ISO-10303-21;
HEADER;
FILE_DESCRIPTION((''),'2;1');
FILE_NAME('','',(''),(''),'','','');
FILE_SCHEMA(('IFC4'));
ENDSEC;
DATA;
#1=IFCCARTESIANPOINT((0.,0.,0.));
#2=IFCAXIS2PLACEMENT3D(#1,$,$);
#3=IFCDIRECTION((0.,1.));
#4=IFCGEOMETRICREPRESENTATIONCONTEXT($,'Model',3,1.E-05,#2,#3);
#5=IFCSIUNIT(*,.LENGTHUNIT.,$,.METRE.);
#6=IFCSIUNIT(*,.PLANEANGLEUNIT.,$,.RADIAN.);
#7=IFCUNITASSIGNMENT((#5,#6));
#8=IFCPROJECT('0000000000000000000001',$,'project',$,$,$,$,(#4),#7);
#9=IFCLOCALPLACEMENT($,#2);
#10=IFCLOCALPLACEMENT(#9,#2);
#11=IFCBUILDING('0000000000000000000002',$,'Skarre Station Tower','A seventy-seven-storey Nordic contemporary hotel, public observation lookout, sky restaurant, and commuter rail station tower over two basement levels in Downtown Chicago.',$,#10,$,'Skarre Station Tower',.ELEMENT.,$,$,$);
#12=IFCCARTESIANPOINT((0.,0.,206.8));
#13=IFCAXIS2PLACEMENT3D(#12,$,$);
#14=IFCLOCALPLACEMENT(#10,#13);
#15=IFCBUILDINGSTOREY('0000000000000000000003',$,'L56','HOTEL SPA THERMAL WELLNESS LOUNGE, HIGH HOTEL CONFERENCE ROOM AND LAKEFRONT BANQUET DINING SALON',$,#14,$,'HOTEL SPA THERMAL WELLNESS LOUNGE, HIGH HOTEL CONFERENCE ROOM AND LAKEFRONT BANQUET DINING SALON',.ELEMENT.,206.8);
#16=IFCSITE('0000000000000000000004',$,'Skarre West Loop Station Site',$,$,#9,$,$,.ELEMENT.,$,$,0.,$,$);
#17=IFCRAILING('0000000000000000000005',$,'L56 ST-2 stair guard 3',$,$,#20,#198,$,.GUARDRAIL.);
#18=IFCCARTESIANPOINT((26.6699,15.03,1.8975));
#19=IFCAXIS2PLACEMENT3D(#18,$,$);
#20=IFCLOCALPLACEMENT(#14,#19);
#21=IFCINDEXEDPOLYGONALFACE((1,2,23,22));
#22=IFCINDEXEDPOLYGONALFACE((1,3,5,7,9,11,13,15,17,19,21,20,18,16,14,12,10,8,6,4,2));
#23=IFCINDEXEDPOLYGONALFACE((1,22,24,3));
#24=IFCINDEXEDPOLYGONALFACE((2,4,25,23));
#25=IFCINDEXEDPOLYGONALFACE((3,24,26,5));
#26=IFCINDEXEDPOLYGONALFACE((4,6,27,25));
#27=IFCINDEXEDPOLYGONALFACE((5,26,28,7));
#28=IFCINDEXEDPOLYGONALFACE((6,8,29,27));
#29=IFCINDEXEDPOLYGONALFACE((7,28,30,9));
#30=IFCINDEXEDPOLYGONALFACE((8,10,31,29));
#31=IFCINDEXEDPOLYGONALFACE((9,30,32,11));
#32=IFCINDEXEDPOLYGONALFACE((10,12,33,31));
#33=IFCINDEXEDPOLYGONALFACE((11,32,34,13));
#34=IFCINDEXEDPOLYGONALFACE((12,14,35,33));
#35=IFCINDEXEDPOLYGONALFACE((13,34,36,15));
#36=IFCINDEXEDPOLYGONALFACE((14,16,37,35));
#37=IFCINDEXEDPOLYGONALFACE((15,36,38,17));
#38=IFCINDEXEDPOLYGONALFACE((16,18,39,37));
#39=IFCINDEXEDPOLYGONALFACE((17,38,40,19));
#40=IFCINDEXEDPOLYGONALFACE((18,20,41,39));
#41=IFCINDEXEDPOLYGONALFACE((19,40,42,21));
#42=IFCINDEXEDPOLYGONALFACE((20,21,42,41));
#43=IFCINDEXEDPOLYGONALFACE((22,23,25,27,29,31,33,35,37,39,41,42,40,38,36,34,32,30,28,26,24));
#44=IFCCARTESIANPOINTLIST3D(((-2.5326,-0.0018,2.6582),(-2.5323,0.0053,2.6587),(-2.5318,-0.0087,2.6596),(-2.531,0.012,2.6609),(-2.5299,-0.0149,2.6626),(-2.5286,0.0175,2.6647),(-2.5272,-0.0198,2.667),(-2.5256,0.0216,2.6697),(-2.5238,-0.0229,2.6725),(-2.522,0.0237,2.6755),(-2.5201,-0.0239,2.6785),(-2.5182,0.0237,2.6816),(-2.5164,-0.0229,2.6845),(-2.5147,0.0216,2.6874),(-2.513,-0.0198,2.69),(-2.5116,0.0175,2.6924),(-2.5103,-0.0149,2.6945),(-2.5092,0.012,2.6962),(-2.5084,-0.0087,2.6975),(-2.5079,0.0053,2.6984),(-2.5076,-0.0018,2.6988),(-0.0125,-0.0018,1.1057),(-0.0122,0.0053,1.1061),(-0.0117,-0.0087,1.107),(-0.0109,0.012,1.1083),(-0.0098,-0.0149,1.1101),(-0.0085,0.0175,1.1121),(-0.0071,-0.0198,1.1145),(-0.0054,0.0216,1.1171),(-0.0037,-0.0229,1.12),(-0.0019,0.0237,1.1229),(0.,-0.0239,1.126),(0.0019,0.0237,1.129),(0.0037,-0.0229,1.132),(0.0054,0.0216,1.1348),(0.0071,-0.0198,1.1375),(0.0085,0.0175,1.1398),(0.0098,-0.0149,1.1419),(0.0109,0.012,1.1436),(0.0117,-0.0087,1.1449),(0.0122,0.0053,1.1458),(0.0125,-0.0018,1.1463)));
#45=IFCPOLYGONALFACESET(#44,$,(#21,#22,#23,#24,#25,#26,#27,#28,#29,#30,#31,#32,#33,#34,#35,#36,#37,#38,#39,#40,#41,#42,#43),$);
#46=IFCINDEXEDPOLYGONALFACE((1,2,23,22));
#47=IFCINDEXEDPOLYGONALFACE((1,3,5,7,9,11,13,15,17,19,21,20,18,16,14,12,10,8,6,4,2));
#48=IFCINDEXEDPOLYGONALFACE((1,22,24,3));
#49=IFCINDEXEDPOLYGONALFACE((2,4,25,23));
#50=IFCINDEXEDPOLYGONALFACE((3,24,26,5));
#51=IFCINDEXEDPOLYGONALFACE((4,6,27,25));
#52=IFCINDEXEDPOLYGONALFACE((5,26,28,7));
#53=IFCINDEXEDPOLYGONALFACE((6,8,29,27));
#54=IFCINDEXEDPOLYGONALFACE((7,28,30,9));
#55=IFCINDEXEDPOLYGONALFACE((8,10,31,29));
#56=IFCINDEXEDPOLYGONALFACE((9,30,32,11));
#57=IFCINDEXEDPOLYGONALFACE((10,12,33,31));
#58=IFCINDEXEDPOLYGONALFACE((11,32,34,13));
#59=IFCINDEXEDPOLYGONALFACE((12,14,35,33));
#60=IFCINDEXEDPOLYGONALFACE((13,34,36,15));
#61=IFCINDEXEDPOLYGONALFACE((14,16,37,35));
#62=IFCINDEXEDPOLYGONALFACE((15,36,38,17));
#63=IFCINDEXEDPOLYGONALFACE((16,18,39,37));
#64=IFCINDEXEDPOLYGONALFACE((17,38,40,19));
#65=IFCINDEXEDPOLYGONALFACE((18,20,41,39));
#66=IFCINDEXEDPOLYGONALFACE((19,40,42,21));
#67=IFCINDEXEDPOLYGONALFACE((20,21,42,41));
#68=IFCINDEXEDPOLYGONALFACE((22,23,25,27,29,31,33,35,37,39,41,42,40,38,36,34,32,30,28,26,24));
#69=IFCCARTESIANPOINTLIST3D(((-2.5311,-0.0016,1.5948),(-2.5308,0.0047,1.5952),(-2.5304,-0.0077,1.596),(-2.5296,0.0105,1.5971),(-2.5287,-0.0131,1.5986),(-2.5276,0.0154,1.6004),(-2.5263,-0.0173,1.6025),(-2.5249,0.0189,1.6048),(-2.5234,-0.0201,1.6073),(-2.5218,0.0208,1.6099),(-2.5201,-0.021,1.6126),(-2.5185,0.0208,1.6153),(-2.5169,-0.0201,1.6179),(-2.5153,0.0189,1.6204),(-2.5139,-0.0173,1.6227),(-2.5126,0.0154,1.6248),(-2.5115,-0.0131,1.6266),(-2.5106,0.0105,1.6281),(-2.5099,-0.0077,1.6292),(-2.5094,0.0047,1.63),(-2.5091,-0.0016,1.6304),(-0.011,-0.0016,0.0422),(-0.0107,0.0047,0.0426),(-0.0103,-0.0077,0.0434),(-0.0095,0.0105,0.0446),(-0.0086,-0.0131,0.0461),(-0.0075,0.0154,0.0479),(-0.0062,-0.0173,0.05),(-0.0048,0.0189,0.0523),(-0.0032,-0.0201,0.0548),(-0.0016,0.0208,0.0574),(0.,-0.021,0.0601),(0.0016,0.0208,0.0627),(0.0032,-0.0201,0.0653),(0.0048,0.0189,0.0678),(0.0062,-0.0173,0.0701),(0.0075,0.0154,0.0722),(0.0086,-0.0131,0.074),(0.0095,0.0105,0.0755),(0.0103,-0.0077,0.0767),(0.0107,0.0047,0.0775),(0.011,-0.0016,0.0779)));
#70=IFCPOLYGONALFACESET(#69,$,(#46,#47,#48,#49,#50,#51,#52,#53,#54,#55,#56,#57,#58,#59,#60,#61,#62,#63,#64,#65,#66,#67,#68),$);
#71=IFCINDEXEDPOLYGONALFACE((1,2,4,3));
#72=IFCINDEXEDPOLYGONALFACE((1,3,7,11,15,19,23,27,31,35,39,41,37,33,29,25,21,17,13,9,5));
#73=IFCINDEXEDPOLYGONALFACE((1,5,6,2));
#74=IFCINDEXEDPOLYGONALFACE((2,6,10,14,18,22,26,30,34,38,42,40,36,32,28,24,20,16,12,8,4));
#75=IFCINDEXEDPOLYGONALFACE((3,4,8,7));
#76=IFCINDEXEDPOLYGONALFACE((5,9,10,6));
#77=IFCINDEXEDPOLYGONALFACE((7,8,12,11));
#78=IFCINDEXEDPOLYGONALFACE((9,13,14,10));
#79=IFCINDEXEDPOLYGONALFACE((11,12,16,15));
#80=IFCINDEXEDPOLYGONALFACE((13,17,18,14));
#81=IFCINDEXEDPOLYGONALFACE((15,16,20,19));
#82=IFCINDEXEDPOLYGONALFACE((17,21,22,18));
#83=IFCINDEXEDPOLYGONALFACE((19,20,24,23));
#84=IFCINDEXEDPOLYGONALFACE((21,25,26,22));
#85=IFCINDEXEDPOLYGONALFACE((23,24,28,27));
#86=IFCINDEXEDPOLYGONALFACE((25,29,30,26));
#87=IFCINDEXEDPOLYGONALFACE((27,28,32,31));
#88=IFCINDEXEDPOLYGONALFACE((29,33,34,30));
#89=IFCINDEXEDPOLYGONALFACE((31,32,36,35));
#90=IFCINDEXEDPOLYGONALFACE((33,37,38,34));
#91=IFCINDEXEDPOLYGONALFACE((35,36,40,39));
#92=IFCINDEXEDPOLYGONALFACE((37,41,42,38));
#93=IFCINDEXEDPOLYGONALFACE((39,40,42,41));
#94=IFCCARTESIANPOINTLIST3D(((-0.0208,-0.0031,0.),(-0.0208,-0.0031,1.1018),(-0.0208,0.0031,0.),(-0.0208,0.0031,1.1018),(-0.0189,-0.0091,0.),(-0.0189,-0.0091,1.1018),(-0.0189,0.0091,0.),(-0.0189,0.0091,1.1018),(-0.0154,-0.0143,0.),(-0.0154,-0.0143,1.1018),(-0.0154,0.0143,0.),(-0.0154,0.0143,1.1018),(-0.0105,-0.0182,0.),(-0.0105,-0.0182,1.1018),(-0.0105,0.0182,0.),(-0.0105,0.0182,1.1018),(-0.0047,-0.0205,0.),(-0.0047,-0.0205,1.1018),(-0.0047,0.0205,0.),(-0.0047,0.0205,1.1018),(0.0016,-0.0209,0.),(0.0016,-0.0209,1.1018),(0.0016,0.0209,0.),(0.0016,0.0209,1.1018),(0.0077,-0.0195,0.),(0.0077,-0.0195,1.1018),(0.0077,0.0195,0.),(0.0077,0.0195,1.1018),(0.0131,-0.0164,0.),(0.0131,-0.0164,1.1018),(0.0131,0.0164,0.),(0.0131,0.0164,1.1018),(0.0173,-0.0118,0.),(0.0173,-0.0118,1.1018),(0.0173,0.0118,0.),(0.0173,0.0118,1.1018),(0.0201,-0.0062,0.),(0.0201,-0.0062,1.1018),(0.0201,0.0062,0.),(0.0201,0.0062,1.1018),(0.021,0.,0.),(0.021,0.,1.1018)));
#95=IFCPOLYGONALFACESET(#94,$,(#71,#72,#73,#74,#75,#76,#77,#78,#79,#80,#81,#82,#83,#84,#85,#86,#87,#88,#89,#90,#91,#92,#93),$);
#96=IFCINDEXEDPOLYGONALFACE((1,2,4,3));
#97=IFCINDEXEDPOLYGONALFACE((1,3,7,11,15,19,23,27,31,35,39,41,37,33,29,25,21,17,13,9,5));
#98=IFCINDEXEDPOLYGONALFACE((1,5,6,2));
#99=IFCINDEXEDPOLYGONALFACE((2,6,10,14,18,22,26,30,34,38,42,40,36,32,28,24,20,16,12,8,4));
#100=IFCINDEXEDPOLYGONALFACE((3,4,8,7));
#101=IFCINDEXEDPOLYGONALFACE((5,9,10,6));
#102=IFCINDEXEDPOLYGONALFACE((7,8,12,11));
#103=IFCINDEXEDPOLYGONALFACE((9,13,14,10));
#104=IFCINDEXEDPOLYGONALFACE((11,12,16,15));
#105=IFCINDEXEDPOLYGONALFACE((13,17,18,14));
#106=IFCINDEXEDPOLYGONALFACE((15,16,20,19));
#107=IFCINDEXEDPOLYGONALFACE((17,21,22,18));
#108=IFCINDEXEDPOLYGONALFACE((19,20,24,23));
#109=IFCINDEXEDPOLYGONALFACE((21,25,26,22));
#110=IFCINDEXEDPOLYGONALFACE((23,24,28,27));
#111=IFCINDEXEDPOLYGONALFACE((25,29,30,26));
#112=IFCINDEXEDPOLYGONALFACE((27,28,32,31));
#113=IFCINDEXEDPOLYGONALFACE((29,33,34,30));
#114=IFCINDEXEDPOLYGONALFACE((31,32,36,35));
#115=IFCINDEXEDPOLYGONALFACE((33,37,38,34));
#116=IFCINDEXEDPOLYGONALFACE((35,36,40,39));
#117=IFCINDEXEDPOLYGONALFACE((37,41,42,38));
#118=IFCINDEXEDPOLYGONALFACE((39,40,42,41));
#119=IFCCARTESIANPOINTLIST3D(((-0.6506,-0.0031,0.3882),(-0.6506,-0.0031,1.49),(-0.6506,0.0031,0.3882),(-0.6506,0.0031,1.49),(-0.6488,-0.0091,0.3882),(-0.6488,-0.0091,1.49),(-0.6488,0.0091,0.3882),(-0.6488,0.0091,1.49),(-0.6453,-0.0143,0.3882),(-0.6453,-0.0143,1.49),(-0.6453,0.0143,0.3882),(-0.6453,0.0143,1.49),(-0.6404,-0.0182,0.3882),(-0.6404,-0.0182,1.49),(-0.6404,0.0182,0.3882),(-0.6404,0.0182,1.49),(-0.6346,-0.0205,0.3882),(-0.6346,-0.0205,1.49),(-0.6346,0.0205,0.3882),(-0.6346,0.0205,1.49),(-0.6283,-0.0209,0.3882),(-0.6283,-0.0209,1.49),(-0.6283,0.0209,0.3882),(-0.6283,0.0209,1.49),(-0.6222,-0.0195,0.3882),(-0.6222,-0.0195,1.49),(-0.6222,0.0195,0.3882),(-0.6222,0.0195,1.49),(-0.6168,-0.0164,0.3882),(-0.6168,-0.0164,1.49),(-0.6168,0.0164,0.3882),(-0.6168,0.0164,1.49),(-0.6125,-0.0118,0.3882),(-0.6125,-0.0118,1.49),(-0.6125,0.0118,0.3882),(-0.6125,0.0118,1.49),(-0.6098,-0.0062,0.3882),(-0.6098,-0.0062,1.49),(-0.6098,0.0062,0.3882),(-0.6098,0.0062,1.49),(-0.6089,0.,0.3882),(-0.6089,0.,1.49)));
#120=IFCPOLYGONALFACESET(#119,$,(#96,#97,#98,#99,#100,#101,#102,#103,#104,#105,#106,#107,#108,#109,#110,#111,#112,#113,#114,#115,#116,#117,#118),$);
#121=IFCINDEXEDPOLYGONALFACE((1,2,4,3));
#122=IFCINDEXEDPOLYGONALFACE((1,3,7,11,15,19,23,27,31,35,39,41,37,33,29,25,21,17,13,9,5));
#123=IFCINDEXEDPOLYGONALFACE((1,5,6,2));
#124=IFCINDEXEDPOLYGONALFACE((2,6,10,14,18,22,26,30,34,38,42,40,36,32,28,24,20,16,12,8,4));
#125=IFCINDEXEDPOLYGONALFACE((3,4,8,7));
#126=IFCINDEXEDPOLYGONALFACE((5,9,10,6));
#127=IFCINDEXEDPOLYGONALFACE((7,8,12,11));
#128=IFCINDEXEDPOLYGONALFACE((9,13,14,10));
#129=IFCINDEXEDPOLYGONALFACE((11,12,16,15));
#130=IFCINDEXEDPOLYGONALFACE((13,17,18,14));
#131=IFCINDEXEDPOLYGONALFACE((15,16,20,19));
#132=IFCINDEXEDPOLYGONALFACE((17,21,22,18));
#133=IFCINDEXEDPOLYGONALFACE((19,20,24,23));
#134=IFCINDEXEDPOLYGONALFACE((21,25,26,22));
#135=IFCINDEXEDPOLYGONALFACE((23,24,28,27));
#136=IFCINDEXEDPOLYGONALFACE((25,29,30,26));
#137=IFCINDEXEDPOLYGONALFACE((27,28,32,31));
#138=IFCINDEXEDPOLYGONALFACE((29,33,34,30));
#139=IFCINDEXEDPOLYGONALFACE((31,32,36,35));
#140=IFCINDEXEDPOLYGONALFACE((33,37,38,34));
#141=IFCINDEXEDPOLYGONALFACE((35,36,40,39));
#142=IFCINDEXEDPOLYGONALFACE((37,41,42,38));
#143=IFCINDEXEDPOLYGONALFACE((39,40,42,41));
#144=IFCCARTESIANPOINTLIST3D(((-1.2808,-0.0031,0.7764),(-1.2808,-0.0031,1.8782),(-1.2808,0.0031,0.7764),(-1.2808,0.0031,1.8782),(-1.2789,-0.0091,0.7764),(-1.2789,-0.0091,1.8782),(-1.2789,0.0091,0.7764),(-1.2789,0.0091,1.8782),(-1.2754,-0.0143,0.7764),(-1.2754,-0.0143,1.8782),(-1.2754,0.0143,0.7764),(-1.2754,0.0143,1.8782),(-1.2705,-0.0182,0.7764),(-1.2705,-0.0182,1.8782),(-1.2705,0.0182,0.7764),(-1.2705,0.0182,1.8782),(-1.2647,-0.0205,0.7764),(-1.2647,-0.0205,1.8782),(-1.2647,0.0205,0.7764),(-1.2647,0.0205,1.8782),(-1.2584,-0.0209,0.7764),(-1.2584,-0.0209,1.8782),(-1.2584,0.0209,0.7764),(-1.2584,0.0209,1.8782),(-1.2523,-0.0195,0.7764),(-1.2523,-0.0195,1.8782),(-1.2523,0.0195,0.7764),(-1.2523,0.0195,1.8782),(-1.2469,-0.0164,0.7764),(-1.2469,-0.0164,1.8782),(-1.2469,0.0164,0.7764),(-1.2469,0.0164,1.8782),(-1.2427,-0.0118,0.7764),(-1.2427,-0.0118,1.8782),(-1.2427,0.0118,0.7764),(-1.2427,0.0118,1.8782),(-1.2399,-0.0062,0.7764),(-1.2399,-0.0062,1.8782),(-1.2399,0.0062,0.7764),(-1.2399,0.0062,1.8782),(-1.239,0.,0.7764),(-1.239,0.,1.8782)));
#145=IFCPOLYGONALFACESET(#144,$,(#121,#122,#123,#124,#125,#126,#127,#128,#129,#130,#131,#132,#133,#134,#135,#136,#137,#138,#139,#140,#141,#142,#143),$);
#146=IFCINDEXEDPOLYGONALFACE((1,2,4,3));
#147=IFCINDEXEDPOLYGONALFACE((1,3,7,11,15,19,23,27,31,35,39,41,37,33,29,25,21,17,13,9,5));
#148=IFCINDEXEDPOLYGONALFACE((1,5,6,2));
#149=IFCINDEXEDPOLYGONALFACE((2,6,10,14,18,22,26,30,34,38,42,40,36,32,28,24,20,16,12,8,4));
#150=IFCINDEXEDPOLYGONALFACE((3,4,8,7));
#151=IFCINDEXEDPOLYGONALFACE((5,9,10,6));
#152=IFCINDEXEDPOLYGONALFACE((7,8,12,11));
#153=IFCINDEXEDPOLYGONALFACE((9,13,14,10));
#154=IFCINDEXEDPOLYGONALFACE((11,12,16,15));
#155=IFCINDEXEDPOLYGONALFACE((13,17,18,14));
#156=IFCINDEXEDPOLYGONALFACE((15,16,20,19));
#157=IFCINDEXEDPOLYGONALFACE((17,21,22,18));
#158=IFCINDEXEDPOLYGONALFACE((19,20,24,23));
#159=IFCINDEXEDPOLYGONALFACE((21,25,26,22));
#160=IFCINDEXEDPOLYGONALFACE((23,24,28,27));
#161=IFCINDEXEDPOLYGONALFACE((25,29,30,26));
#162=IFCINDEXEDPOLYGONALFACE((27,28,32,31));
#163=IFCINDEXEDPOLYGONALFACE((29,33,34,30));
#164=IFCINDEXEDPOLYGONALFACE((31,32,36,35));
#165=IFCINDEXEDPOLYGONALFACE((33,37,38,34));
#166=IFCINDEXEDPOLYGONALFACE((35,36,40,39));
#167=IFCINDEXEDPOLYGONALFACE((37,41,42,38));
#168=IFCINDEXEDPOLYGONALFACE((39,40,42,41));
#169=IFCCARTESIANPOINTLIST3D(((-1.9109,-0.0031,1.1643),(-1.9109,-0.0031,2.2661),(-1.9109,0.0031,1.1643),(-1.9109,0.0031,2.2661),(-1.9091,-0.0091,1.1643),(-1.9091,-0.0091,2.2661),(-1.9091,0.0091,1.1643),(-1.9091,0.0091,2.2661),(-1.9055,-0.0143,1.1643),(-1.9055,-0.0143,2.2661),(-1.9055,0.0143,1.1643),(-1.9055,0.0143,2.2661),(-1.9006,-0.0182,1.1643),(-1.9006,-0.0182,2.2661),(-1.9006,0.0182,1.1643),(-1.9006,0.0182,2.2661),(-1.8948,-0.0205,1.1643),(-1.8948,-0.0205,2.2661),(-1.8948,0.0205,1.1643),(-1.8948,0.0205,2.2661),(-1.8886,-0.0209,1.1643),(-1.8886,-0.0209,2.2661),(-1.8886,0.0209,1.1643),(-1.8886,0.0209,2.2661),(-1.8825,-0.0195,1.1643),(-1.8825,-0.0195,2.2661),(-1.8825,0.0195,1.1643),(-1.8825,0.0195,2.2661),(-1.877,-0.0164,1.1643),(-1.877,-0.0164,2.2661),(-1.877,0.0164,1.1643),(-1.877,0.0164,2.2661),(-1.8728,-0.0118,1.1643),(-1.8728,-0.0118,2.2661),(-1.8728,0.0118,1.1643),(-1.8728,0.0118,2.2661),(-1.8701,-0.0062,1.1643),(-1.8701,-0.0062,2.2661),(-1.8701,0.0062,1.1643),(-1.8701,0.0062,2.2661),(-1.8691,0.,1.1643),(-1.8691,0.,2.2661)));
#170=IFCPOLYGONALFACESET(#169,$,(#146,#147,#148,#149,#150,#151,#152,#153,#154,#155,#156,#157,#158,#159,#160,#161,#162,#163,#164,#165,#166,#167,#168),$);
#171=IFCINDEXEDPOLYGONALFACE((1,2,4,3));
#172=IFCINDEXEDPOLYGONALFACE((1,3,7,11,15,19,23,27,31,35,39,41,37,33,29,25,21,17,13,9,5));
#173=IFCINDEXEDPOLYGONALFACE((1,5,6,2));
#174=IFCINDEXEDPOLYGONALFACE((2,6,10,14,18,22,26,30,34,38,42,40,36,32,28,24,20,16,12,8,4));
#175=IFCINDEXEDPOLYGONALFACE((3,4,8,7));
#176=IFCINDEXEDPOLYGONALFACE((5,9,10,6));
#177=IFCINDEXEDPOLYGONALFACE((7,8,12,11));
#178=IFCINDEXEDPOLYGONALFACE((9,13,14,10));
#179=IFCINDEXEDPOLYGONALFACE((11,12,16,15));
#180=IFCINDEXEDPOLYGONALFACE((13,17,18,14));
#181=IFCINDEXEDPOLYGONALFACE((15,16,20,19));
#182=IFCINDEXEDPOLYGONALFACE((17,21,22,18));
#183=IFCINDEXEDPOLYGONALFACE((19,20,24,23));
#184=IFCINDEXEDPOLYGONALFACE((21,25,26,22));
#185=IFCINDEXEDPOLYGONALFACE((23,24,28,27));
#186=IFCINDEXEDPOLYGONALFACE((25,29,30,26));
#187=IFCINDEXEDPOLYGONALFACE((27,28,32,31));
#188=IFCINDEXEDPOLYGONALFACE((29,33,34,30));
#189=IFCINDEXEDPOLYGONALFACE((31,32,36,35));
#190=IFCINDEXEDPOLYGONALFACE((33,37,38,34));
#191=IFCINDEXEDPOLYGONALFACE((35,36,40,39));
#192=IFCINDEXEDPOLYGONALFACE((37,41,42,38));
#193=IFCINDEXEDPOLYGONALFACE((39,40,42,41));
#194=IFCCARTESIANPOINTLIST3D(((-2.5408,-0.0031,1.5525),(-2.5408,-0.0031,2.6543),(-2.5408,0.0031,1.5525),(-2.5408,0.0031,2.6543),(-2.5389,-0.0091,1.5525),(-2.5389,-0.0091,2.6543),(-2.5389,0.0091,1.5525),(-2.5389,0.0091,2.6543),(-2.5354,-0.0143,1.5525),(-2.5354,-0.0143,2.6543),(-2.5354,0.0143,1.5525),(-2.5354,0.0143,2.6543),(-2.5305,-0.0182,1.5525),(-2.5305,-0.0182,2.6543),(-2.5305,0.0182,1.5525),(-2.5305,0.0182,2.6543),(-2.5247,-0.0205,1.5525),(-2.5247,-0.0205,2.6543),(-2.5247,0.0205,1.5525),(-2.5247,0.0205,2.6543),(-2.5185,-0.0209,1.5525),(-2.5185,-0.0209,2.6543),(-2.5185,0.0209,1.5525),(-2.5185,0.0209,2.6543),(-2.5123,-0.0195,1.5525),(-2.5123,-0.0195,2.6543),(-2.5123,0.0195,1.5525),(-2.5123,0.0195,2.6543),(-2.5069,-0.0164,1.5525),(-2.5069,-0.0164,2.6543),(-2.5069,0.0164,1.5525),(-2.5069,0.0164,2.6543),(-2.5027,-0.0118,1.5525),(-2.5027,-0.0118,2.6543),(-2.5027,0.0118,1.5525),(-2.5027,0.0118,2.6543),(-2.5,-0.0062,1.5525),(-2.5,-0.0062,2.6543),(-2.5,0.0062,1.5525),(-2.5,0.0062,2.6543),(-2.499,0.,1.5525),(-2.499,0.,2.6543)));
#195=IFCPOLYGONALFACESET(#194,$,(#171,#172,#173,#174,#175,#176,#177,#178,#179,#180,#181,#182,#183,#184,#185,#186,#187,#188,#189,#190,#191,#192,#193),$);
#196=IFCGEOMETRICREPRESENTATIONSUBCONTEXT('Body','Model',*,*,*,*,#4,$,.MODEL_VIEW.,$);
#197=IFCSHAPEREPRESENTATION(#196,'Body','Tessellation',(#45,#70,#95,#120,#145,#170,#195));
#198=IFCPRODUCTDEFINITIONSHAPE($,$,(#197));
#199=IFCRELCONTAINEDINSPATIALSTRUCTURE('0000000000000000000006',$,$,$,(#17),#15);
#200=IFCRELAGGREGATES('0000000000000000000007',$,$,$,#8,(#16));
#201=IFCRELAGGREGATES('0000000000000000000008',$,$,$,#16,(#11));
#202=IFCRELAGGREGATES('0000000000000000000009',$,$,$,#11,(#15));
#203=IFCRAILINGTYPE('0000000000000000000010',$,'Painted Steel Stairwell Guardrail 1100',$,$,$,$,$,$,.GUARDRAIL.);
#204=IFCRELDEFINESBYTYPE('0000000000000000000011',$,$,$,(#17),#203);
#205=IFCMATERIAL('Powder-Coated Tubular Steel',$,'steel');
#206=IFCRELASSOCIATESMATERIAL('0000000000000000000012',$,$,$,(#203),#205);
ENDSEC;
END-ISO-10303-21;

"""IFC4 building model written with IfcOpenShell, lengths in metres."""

from ifc_helpers import new_model, si_unit, direction, frame, origin, origin_2d, place, context, subcontext, project, spatial, circle, extrude, material, type_object, element, save


model = new_model("IFC4")

# Units and contexts
model_context = context("Model", 3, precision=1e-05, world=origin(), true_north=direction((0.0, 1.0)))
body_context = subcontext(model_context, "Body", "Model", "MODEL_VIEW")
ifc_project = project(units=[si_unit("LENGTHUNIT", "METRE"), si_unit("PLANEANGLEUNIT", "RADIAN")], contexts=[model_context])

# Site, building, storey
site_placement = place(None, origin())
site = spatial("IfcSite", under=ifc_project, at=site_placement, Name="Skarre West Loop Station Site", CompositionType="ELEMENT", RefElevation=0.0)
building_placement = place(site_placement, origin())
building = spatial("IfcBuilding", under=site, at=building_placement, Name="Skarre Station Tower", Description="A seventy-seven-storey Nordic contemporary hotel, public observation lookout, sky restaurant, and commuter rail station tower over two basement levels in Downtown Chicago.", LongName="Skarre Station Tower", CompositionType="ELEMENT")
storey_placement = place(building_placement, frame((0.0, 0.0, 206.8)))
storey = spatial("IfcBuildingStorey", under=building, at=storey_placement, Name="L56", Description="HOTEL SPA THERMAL WELLNESS LOUNGE, HIGH HOTEL CONFERENCE ROOM AND LAKEFRONT BANQUET DINING SALON", LongName="HOTEL SPA THERMAL WELLNESS LOUNGE, HIGH HOTEL CONFERENCE ROOM AND LAKEFRONT BANQUET DINING SALON", CompositionType="ELEMENT", Elevation=206.8)

# Railing
ifc_material_1 = material(Name="Powder-Coated Tubular Steel", Category="steel")
railing_type_1 = type_object("IfcRailingType", Name="Painted Steel Stairwell Guardrail 1100", PredefinedType="GUARDRAIL", material=ifc_material_1)
railing_1_placement = place(storey_placement, frame((26.6699, 15.03, 1.8975)))
element("IfcRailing", 1, at=railing_1_placement, inside=storey, type_object=railing_type_1, Name="L56 ST-2 stair guard 3", PredefinedType="GUARDRAIL", context=body_context, shape_type="SweptSolid", body=[
    extrude(circle(Radius=0.0239, at=origin_2d()), frame((0.0, 0.0, 1.126), z_axis=(-0.8514, 0.0, 0.524516), x_axis=(0.0, -1.0, 0.0)), (0.0, 0.0, 1.0), 2.96),
    extrude(circle(Radius=0.021, at=origin_2d()), frame((0.0, 0.0, 0.0601), z_axis=(-0.8514, 0.0, 0.524516), x_axis=(0.0, -1.0, 0.0)), (0.0, 0.0, 1.0), 2.96),
    extrude(circle(Radius=0.021, at=origin_2d()), origin(), (0.0, 0.0, 1.0), 1.1018),
    extrude(circle(Radius=0.021, at=origin_2d()), frame((-0.6299, 0.0, 0.3882)), (0.0, 0.0, 1.0), 1.1018),
    extrude(circle(Radius=0.021, at=origin_2d()), frame((-1.26, 0.0, 0.7764)), (0.0, 0.0, 1.0), 1.1018),
    extrude(circle(Radius=0.021, at=origin_2d()), frame((-1.8901, 0.0, 1.1643)), (0.0, 0.0, 1.0), 1.1018),
    extrude(circle(Radius=0.021, at=origin_2d()), frame((-2.52, 0.0, 1.5525)), (0.0, 0.0, 1.0), 1.1018),
])

save(model, "model.ifc")
